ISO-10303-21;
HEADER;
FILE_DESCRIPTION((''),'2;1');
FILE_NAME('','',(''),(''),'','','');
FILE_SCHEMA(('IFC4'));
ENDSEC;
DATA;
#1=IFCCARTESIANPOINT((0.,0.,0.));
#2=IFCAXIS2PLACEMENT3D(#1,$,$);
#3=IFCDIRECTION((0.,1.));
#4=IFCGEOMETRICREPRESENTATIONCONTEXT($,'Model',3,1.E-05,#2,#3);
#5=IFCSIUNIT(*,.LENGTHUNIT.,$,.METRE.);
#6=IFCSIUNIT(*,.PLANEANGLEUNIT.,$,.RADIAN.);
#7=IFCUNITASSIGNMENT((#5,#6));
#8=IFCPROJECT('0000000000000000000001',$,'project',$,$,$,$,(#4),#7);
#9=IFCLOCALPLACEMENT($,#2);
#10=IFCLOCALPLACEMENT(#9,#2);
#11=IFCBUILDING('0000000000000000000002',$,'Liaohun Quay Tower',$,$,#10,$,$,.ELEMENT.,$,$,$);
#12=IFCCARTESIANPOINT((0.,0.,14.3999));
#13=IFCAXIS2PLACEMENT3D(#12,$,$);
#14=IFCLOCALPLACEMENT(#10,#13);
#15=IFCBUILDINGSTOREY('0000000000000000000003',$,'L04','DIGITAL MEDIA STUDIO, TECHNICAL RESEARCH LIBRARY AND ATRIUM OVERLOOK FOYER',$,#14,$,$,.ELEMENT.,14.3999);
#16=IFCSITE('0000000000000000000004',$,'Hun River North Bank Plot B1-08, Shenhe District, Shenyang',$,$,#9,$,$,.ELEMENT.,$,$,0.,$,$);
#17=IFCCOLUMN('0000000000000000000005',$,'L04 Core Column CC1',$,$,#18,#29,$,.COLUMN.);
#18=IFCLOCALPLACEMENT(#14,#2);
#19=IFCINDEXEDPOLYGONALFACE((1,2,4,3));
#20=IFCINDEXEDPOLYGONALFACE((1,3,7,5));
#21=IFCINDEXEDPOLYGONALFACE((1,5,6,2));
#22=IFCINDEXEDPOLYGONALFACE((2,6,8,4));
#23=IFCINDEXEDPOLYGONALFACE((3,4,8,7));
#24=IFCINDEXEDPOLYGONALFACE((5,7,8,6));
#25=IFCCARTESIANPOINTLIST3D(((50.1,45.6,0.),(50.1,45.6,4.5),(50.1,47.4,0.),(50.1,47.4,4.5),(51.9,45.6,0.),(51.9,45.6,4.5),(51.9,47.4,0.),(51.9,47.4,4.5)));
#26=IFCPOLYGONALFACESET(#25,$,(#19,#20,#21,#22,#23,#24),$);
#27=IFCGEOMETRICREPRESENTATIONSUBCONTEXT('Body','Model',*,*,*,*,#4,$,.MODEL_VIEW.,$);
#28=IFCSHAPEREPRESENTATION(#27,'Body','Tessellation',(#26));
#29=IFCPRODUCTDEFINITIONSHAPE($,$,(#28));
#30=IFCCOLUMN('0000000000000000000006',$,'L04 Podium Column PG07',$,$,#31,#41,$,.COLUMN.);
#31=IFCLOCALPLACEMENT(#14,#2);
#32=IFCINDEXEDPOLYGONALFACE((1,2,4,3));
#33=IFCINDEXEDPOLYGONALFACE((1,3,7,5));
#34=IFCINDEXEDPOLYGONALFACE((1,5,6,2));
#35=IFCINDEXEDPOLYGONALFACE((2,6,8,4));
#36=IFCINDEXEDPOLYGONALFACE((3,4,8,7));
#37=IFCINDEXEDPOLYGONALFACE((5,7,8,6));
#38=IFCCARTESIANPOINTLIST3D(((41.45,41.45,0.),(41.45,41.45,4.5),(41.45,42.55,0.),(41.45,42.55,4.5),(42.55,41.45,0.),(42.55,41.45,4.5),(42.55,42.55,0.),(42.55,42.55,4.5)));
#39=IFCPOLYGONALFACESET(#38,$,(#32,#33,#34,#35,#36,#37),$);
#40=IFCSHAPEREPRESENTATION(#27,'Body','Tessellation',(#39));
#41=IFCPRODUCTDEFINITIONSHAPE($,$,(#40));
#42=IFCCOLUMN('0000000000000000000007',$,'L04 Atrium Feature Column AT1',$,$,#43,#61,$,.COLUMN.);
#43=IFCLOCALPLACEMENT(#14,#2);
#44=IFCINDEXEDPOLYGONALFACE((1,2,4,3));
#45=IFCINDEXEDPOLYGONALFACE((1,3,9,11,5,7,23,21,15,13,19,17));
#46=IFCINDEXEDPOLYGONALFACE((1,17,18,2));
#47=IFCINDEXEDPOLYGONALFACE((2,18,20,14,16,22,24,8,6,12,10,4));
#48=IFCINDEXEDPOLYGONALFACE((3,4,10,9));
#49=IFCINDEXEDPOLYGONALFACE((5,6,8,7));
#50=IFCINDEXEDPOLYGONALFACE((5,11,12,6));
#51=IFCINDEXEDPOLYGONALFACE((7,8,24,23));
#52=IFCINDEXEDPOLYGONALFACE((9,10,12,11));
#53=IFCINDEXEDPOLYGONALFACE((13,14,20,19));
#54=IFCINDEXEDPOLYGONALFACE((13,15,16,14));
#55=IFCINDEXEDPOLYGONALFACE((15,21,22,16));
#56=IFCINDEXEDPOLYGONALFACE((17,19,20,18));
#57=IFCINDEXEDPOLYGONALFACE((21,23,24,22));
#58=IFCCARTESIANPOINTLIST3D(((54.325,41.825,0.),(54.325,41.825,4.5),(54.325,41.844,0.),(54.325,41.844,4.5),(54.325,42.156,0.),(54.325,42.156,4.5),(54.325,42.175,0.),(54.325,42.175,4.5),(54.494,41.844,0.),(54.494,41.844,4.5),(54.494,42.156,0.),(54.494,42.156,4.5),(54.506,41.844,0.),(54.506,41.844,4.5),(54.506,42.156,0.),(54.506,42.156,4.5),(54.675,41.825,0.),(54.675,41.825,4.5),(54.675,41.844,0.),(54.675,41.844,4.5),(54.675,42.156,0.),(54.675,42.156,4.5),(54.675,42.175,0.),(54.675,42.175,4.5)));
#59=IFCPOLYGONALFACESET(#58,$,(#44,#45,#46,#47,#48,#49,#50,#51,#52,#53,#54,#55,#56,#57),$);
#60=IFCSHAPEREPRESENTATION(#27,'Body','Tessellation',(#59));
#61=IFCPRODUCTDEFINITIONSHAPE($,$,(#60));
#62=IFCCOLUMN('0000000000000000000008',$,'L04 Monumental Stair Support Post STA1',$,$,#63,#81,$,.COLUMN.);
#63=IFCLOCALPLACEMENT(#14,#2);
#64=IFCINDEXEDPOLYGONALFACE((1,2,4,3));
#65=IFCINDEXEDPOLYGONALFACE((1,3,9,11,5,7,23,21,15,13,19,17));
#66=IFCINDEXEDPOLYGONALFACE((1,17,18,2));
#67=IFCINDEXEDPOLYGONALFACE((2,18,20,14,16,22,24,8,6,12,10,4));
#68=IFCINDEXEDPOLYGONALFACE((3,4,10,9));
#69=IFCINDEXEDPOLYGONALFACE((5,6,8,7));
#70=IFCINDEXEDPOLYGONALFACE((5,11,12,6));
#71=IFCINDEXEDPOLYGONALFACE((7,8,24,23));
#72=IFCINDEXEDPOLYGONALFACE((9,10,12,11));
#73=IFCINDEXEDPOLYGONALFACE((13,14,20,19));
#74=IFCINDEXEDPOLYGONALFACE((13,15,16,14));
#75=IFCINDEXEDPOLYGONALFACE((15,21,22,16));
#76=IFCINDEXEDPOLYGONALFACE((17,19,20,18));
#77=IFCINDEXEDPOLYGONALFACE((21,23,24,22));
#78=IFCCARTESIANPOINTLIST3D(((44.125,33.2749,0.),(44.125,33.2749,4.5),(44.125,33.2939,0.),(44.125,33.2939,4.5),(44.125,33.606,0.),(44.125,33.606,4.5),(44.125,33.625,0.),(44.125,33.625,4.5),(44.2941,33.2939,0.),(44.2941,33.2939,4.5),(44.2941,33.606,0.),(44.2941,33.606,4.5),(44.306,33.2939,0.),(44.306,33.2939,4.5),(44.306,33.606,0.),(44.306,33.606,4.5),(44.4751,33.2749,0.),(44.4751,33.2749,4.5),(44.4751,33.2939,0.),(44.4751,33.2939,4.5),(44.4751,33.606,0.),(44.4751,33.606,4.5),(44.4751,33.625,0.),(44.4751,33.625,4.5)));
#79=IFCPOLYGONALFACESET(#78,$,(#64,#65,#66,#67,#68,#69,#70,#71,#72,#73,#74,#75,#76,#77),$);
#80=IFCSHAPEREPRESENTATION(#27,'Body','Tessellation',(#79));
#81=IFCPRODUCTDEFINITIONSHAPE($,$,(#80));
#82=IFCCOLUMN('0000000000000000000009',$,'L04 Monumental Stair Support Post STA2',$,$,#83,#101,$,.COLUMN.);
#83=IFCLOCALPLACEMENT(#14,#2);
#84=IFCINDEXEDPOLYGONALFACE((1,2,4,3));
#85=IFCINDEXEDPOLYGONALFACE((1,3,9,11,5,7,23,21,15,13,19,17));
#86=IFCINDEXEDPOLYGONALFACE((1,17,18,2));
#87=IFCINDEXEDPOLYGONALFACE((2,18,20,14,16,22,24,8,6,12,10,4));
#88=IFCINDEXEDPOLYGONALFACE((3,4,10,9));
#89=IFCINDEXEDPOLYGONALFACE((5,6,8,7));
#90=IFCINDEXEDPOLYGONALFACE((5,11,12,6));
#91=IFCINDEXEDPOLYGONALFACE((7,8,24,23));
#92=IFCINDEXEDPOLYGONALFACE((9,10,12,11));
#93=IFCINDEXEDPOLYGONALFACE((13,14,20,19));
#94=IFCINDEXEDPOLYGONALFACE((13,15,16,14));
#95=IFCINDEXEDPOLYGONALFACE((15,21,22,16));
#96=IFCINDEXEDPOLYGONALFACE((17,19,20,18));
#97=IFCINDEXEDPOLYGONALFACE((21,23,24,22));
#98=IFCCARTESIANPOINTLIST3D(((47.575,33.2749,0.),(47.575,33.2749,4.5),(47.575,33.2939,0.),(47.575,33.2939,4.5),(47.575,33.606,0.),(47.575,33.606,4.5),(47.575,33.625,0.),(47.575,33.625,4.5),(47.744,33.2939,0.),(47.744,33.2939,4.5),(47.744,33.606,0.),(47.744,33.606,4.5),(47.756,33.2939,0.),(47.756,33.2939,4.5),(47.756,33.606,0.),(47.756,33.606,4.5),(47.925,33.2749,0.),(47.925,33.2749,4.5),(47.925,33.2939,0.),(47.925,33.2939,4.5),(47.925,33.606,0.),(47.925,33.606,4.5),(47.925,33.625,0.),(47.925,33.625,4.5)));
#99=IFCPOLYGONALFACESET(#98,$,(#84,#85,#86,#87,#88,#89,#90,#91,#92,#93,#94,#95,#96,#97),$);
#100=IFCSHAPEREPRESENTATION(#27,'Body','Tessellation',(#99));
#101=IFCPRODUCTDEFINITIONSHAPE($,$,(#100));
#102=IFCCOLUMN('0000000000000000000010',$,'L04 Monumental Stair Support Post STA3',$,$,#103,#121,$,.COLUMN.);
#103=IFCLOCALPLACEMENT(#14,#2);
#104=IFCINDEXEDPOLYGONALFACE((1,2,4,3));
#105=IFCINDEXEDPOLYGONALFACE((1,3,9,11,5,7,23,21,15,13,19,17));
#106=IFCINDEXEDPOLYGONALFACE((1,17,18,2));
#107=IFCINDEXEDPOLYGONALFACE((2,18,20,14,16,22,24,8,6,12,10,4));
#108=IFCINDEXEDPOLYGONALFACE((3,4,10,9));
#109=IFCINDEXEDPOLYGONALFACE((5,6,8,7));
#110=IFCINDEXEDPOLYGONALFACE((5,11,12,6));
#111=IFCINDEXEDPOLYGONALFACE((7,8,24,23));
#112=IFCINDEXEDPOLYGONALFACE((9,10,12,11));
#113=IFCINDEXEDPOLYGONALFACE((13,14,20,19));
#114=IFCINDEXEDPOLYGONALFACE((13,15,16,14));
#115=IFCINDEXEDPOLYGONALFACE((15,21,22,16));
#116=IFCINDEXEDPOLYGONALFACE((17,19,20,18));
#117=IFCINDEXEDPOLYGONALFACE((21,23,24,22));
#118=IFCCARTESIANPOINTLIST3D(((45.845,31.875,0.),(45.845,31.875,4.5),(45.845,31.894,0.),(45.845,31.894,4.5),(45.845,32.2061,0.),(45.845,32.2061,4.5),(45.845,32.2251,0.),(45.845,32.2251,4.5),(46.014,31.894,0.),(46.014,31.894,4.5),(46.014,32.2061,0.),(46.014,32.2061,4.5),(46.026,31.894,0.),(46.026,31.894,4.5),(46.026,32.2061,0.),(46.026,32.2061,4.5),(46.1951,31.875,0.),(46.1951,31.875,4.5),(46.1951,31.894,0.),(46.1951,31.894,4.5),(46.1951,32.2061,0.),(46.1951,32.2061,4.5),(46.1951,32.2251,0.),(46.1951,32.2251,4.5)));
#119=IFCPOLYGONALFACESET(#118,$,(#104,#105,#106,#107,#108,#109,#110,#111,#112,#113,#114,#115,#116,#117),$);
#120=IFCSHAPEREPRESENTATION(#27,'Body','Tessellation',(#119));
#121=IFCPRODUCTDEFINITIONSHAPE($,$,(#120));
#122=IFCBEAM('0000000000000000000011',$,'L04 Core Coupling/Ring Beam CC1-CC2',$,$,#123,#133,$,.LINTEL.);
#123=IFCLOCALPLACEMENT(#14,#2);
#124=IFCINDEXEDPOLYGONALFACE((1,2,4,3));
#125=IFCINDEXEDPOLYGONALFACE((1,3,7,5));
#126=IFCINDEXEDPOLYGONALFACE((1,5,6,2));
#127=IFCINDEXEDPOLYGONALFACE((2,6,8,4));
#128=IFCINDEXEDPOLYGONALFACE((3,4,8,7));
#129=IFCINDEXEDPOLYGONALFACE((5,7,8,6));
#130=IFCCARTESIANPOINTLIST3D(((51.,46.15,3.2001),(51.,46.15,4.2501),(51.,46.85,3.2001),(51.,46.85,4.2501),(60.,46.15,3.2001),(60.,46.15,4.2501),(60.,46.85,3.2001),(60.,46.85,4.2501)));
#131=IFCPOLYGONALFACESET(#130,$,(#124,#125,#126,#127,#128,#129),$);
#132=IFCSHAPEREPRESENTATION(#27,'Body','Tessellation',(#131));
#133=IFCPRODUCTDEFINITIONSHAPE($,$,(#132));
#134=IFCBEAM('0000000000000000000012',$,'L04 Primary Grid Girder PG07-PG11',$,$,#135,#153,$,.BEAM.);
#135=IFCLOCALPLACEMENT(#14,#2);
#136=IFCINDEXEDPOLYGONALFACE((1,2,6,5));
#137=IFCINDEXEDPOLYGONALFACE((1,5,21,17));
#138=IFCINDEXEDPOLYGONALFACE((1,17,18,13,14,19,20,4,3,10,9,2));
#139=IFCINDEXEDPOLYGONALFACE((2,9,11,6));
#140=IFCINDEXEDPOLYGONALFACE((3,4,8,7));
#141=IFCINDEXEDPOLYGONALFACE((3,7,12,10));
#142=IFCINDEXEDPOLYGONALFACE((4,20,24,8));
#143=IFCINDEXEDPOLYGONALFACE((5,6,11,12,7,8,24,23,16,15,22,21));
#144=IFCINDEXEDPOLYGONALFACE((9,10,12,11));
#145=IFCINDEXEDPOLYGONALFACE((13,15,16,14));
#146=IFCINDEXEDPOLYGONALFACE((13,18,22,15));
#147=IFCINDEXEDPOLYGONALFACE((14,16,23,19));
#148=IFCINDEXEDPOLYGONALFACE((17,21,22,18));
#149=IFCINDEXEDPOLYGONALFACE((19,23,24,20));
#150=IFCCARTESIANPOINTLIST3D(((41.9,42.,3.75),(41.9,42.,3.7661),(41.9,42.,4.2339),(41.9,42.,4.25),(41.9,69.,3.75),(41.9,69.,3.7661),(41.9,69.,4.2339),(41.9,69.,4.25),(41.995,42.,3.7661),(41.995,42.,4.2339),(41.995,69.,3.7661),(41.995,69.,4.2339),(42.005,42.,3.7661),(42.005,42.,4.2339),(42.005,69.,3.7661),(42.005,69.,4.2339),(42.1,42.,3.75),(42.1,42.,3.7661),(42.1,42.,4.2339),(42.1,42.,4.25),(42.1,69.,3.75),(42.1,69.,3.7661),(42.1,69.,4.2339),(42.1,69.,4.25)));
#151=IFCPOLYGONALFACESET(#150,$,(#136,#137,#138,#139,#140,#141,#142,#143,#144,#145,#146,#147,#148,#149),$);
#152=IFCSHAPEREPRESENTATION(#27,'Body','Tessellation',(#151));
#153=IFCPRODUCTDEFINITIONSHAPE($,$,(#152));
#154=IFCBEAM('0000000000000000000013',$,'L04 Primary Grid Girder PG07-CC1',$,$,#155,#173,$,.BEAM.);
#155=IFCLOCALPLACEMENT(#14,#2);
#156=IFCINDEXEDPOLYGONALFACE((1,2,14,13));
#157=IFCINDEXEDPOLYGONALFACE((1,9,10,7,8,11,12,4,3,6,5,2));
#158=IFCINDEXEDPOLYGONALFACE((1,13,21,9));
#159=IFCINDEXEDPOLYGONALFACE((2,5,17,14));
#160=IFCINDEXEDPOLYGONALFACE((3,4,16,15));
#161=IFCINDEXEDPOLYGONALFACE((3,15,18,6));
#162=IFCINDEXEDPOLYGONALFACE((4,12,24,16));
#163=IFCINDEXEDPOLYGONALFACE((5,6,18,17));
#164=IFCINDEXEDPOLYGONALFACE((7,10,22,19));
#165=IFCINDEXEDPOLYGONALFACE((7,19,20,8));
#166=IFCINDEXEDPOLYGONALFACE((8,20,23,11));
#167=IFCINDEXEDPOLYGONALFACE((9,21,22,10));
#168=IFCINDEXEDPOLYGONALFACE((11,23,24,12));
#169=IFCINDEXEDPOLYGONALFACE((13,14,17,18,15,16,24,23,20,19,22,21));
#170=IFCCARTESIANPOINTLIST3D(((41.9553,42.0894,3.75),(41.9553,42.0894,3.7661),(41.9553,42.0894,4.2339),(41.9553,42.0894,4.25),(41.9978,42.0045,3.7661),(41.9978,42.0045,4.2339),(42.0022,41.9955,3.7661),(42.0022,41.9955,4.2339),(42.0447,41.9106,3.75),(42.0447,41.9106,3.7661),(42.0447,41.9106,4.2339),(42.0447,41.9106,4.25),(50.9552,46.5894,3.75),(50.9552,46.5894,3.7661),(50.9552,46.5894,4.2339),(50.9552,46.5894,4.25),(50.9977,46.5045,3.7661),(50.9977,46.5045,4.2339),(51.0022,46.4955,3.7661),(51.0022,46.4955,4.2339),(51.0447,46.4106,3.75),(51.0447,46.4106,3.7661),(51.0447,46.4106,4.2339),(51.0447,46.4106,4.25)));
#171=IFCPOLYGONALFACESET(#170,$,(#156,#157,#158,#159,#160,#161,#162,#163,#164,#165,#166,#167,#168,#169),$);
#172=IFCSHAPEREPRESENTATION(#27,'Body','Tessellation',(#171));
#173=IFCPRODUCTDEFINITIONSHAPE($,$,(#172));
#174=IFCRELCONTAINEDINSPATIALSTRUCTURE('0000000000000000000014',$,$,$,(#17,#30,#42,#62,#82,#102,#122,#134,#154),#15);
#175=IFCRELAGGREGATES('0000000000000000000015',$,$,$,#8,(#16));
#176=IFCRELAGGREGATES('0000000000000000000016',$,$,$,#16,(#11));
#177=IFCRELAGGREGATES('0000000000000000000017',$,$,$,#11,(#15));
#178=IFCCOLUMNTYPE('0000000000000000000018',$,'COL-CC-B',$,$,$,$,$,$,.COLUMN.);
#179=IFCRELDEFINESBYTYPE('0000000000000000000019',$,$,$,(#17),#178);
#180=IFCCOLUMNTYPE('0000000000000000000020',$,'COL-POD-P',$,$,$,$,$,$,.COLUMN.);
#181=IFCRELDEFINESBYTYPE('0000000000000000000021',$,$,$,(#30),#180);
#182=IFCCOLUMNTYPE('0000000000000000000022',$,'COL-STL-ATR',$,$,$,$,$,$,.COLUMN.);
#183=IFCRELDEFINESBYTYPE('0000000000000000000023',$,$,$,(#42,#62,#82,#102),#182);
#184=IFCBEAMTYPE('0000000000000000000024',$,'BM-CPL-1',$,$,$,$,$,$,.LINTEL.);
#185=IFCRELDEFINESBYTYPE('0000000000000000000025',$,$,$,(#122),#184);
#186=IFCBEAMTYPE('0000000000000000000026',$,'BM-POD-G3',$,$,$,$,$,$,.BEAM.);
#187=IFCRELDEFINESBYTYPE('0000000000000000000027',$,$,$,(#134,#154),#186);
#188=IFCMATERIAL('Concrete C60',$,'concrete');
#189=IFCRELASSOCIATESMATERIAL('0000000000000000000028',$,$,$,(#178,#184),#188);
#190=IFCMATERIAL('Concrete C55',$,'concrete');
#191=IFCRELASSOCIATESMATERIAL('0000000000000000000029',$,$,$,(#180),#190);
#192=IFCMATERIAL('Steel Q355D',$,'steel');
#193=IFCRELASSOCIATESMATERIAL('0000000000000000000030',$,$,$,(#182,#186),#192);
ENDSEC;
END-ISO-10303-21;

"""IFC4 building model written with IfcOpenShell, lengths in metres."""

from ifc_helpers import new_model, si_unit, direction, frame, origin, origin_2d, place, context, subcontext, project, spatial, rectangle, i_section, extrude, source, transform, mapped, material, material_profile, profile_set, type_object, element, save


model = new_model("IFC4")

# Units and contexts
model_context = context("Model", 3, precision=1e-05, world=origin(), true_north=direction((0.0, 1.0)))
body_context = subcontext(model_context, "Body", "Model", "MODEL_VIEW")
ifc_project = project(units=[si_unit("LENGTHUNIT", "METRE"), si_unit("PLANEANGLEUNIT", "RADIAN")], contexts=[model_context])

# Site, building, storey
site_placement = place(None, origin())
site = spatial("IfcSite", under=ifc_project, at=site_placement, Name="Hun River North Bank Plot B1-08, Shenhe District, Shenyang", CompositionType="ELEMENT", RefElevation=0.0)
building_placement = place(site_placement, origin())
building = spatial("IfcBuilding", under=site, at=building_placement, Name="Liaohun Quay Tower", CompositionType="ELEMENT")
storey_placement = place(building_placement, frame((0.0, 0.0, 14.3999)))
storey = spatial("IfcBuildingStorey", under=building, at=storey_placement, Name="L04", Description="DIGITAL MEDIA STUDIO, TECHNICAL RESEARCH LIBRARY AND ATRIUM OVERLOOK FOYER", CompositionType="ELEMENT", Elevation=14.3999)

# Columns
ifc_material_1 = material(Name="Concrete C60", Category="concrete")
ifc_material_profile_1 = material_profile(ifc_material_1, rectangle(XDim=1.8, YDim=1.8, at=origin_2d()), Name="RC1800x1800")
ifc_profile_set_1 = profile_set([ifc_material_profile_1], Name="Concrete C60")
column_type_1 = type_object("IfcColumnType", Name="COL-CC-B", PredefinedType="COLUMN", material=ifc_profile_set_1)
shared_shape_1 = source(origin(), body_context, "Body", "SweptSolid", [
    extrude(rectangle(XDim=1.8, YDim=1.8, at=origin_2d()), origin(), (0.0, 0.0, 1.0), 4.5),
])
column_1_placement = place(storey_placement, frame((51.0, 46.5, 0.0), z_axis=(0.0, 0.0, 1.0), x_axis=(1.0, 0.0, 0.0)))
element("IfcColumn", 1, at=column_1_placement, inside=storey, type_object=column_type_1, Name="L04 Core Column CC1", PredefinedType="COLUMN", context=body_context, shape_type="MappedRepresentation", body=[
    mapped(shared_shape_1, transform((0.0, 0.0, 0.0), x_axis=(1.0, 0.0, 0.0), y_axis=(0.0, 1.0, 0.0), z_axis=(0.0, 0.0, 1.0), scale=1.0)),
])
ifc_material_2 = material(Name="Concrete C55", Category="concrete")
ifc_material_profile_2 = material_profile(ifc_material_2, rectangle(XDim=1.1001, YDim=1.1001, at=origin_2d()), Name="RC1100x1100")
ifc_profile_set_2 = profile_set([ifc_material_profile_2], Name="Concrete C55")
column_type_2 = type_object("IfcColumnType", Name="COL-POD-P", PredefinedType="COLUMN", material=ifc_profile_set_2)
shared_shape_2 = source(origin(), body_context, "Body", "SweptSolid", [
    extrude(rectangle(XDim=1.1001, YDim=1.1001, at=origin_2d()), origin(), (0.0, 0.0, 1.0), 4.5),
])
column_2_placement = place(storey_placement, frame((42.0, 42.0, 0.0), z_axis=(0.0, 0.0, 1.0), x_axis=(1.0, 0.0, 0.0)))
element("IfcColumn", 2, at=column_2_placement, inside=storey, type_object=column_type_2, Name="L04 Podium Column PG07", PredefinedType="COLUMN", context=body_context, shape_type="MappedRepresentation", body=[
    mapped(shared_shape_2, transform((0.0, 0.0, 0.0), x_axis=(1.0, 0.0, 0.0), y_axis=(0.0, 1.0, 0.0), z_axis=(0.0, 0.0, 1.0), scale=1.0)),
])
ifc_material_3 = material(Name="Steel Q355D", Category="steel")
ifc_material_profile_3 = material_profile(ifc_material_3, i_section(OverallWidth=0.3501, OverallDepth=0.3501, WebThickness=0.012, FlangeThickness=0.019, at=origin_2d()), Name="HW350x350x12x19")
ifc_profile_set_3 = profile_set([ifc_material_profile_3], Name="Steel Q355D")
column_type_3 = type_object("IfcColumnType", Name="COL-STL-ATR", PredefinedType="COLUMN", material=ifc_profile_set_3)
shared_shape_3 = source(origin(), body_context, "Body", "SweptSolid", [
    extrude(i_section(OverallWidth=0.3501, OverallDepth=0.3501, WebThickness=0.012, FlangeThickness=0.019, at=origin_2d()), origin(), (0.0, 0.0, 1.0), 4.5),
])
for number, where, z_axis, x_axis, name in (
    (3, (54.5, 42.0, 0.0), (0.0, 0.0, 1.0), (1.0, 0.0, 0.0), "L04 Atrium Feature Column AT1"),
    (4, (44.3, 33.45, 0.0), (0.0, 0.0, 1.0), (1.0, 0.0, 0.0), "L04 Monumental Stair Support Post STA1"),
    (5, (47.75, 33.45, 0.0), (0.0, 0.0, 1.0), (1.0, 0.0, 0.0), "L04 Monumental Stair Support Post STA2"),
    (6, (46.02, 32.05, 0.0), (0.0, 0.0, 1.0), (1.0, 0.0, 0.0), "L04 Monumental Stair Support Post STA3"),
):
    element("IfcColumn", number, at=place(storey_placement, frame(where, z_axis=z_axis, x_axis=x_axis)), inside=storey, type_object=column_type_3, Name=name, PredefinedType="COLUMN", context=body_context, shape_type="MappedRepresentation", body=[
        mapped(shared_shape_3, transform((0.0, 0.0, 0.0), x_axis=(1.0, 0.0, 0.0), y_axis=(0.0, 1.0, 0.0), z_axis=(0.0, 0.0, 1.0), scale=1.0)),
    ])

# Beams
ifc_material_profile_4 = material_profile(ifc_material_1, rectangle(XDim=0.7, YDim=1.05, at=origin_2d()), Name="RC700x1050")
ifc_profile_set_4 = profile_set([ifc_material_profile_4], Name="Concrete C60")
beam_type_1 = type_object("IfcBeamType", Name="BM-CPL-1", PredefinedType="LINTEL", material=ifc_profile_set_4)
shared_shape_4 = source(origin(), body_context, "Body", "SweptSolid", [
    extrude(rectangle(XDim=0.7, YDim=1.05, at=origin_2d()), origin(), (0.0, 0.0, 1.0), 9.0),
])
beam_1_placement = place(storey_placement, frame((51.0, 46.5, 3.7251), z_axis=(1.0, 0.0, 0.0), x_axis=(0.0, 1.0, 0.0)))
element("IfcBeam", 7, at=beam_1_placement, inside=storey, type_object=beam_type_1, Name="L04 Core Coupling/Ring Beam CC1-CC2", PredefinedType="LINTEL", context=body_context, shape_type="MappedRepresentation", body=[
    mapped(shared_shape_4, transform((0.0, 0.0, 0.0), x_axis=(1.0, 0.0, 0.0), y_axis=(0.0, 1.0, 0.0), z_axis=(0.0, 0.0, 1.0), scale=1.0)),
])
ifc_material_profile_5 = material_profile(ifc_material_3, i_section(OverallWidth=0.2, OverallDepth=0.5, WebThickness=0.01, FlangeThickness=0.0161, at=origin_2d()), Name="HN500x200x10x16")
ifc_profile_set_5 = profile_set([ifc_material_profile_5], Name="Steel Q355D")
beam_type_2 = type_object("IfcBeamType", Name="BM-POD-G3", PredefinedType="BEAM", material=ifc_profile_set_5)
shared_shape_5 = source(origin(), body_context, "Body", "SweptSolid", [
    extrude(i_section(OverallWidth=0.2, OverallDepth=0.5, WebThickness=0.01, FlangeThickness=0.0161, at=origin_2d()), origin(), (0.0, 0.0, 1.0), 27.0),
])
beam_2_placement = place(storey_placement, frame((42.0, 42.0, 4.0), z_axis=(0.0, 1.0, 0.0), x_axis=(-1.0, 0.0, 0.0)))
element("IfcBeam", 8, at=beam_2_placement, inside=storey, type_object=beam_type_2, Name="L04 Primary Grid Girder PG07-PG11", PredefinedType="BEAM", context=body_context, shape_type="MappedRepresentation", body=[
    mapped(shared_shape_5, transform((0.0, 0.0, 0.0), x_axis=(1.0, 0.0, 0.0), y_axis=(0.0, 1.0, 0.0), z_axis=(0.0, 0.0, 1.0), scale=1.0)),
])
shared_shape_6 = source(origin(), body_context, "Body", "SweptSolid", [
    extrude(i_section(OverallWidth=0.2, OverallDepth=0.5, WebThickness=0.01, FlangeThickness=0.0161, at=origin_2d()), origin(), (0.0, 0.0, 1.0), 10.0623),
])
beam_3_placement = place(storey_placement, frame((42.0, 42.0, 4.0), z_axis=(0.894427, 0.447214, 0.0), x_axis=(-0.447214, 0.894427, 0.0)))
element("IfcBeam", 9, at=beam_3_placement, inside=storey, type_object=beam_type_2, Name="L04 Primary Grid Girder PG07-CC1", PredefinedType="BEAM", context=body_context, shape_type="MappedRepresentation", body=[
    mapped(shared_shape_6, transform((0.0, 0.0, 0.0), x_axis=(1.0, 0.0, 0.0), y_axis=(0.0, 1.0, 0.0), z_axis=(0.0, 0.0, 1.0), scale=1.0)),
])

save(model, "model.ifc")
